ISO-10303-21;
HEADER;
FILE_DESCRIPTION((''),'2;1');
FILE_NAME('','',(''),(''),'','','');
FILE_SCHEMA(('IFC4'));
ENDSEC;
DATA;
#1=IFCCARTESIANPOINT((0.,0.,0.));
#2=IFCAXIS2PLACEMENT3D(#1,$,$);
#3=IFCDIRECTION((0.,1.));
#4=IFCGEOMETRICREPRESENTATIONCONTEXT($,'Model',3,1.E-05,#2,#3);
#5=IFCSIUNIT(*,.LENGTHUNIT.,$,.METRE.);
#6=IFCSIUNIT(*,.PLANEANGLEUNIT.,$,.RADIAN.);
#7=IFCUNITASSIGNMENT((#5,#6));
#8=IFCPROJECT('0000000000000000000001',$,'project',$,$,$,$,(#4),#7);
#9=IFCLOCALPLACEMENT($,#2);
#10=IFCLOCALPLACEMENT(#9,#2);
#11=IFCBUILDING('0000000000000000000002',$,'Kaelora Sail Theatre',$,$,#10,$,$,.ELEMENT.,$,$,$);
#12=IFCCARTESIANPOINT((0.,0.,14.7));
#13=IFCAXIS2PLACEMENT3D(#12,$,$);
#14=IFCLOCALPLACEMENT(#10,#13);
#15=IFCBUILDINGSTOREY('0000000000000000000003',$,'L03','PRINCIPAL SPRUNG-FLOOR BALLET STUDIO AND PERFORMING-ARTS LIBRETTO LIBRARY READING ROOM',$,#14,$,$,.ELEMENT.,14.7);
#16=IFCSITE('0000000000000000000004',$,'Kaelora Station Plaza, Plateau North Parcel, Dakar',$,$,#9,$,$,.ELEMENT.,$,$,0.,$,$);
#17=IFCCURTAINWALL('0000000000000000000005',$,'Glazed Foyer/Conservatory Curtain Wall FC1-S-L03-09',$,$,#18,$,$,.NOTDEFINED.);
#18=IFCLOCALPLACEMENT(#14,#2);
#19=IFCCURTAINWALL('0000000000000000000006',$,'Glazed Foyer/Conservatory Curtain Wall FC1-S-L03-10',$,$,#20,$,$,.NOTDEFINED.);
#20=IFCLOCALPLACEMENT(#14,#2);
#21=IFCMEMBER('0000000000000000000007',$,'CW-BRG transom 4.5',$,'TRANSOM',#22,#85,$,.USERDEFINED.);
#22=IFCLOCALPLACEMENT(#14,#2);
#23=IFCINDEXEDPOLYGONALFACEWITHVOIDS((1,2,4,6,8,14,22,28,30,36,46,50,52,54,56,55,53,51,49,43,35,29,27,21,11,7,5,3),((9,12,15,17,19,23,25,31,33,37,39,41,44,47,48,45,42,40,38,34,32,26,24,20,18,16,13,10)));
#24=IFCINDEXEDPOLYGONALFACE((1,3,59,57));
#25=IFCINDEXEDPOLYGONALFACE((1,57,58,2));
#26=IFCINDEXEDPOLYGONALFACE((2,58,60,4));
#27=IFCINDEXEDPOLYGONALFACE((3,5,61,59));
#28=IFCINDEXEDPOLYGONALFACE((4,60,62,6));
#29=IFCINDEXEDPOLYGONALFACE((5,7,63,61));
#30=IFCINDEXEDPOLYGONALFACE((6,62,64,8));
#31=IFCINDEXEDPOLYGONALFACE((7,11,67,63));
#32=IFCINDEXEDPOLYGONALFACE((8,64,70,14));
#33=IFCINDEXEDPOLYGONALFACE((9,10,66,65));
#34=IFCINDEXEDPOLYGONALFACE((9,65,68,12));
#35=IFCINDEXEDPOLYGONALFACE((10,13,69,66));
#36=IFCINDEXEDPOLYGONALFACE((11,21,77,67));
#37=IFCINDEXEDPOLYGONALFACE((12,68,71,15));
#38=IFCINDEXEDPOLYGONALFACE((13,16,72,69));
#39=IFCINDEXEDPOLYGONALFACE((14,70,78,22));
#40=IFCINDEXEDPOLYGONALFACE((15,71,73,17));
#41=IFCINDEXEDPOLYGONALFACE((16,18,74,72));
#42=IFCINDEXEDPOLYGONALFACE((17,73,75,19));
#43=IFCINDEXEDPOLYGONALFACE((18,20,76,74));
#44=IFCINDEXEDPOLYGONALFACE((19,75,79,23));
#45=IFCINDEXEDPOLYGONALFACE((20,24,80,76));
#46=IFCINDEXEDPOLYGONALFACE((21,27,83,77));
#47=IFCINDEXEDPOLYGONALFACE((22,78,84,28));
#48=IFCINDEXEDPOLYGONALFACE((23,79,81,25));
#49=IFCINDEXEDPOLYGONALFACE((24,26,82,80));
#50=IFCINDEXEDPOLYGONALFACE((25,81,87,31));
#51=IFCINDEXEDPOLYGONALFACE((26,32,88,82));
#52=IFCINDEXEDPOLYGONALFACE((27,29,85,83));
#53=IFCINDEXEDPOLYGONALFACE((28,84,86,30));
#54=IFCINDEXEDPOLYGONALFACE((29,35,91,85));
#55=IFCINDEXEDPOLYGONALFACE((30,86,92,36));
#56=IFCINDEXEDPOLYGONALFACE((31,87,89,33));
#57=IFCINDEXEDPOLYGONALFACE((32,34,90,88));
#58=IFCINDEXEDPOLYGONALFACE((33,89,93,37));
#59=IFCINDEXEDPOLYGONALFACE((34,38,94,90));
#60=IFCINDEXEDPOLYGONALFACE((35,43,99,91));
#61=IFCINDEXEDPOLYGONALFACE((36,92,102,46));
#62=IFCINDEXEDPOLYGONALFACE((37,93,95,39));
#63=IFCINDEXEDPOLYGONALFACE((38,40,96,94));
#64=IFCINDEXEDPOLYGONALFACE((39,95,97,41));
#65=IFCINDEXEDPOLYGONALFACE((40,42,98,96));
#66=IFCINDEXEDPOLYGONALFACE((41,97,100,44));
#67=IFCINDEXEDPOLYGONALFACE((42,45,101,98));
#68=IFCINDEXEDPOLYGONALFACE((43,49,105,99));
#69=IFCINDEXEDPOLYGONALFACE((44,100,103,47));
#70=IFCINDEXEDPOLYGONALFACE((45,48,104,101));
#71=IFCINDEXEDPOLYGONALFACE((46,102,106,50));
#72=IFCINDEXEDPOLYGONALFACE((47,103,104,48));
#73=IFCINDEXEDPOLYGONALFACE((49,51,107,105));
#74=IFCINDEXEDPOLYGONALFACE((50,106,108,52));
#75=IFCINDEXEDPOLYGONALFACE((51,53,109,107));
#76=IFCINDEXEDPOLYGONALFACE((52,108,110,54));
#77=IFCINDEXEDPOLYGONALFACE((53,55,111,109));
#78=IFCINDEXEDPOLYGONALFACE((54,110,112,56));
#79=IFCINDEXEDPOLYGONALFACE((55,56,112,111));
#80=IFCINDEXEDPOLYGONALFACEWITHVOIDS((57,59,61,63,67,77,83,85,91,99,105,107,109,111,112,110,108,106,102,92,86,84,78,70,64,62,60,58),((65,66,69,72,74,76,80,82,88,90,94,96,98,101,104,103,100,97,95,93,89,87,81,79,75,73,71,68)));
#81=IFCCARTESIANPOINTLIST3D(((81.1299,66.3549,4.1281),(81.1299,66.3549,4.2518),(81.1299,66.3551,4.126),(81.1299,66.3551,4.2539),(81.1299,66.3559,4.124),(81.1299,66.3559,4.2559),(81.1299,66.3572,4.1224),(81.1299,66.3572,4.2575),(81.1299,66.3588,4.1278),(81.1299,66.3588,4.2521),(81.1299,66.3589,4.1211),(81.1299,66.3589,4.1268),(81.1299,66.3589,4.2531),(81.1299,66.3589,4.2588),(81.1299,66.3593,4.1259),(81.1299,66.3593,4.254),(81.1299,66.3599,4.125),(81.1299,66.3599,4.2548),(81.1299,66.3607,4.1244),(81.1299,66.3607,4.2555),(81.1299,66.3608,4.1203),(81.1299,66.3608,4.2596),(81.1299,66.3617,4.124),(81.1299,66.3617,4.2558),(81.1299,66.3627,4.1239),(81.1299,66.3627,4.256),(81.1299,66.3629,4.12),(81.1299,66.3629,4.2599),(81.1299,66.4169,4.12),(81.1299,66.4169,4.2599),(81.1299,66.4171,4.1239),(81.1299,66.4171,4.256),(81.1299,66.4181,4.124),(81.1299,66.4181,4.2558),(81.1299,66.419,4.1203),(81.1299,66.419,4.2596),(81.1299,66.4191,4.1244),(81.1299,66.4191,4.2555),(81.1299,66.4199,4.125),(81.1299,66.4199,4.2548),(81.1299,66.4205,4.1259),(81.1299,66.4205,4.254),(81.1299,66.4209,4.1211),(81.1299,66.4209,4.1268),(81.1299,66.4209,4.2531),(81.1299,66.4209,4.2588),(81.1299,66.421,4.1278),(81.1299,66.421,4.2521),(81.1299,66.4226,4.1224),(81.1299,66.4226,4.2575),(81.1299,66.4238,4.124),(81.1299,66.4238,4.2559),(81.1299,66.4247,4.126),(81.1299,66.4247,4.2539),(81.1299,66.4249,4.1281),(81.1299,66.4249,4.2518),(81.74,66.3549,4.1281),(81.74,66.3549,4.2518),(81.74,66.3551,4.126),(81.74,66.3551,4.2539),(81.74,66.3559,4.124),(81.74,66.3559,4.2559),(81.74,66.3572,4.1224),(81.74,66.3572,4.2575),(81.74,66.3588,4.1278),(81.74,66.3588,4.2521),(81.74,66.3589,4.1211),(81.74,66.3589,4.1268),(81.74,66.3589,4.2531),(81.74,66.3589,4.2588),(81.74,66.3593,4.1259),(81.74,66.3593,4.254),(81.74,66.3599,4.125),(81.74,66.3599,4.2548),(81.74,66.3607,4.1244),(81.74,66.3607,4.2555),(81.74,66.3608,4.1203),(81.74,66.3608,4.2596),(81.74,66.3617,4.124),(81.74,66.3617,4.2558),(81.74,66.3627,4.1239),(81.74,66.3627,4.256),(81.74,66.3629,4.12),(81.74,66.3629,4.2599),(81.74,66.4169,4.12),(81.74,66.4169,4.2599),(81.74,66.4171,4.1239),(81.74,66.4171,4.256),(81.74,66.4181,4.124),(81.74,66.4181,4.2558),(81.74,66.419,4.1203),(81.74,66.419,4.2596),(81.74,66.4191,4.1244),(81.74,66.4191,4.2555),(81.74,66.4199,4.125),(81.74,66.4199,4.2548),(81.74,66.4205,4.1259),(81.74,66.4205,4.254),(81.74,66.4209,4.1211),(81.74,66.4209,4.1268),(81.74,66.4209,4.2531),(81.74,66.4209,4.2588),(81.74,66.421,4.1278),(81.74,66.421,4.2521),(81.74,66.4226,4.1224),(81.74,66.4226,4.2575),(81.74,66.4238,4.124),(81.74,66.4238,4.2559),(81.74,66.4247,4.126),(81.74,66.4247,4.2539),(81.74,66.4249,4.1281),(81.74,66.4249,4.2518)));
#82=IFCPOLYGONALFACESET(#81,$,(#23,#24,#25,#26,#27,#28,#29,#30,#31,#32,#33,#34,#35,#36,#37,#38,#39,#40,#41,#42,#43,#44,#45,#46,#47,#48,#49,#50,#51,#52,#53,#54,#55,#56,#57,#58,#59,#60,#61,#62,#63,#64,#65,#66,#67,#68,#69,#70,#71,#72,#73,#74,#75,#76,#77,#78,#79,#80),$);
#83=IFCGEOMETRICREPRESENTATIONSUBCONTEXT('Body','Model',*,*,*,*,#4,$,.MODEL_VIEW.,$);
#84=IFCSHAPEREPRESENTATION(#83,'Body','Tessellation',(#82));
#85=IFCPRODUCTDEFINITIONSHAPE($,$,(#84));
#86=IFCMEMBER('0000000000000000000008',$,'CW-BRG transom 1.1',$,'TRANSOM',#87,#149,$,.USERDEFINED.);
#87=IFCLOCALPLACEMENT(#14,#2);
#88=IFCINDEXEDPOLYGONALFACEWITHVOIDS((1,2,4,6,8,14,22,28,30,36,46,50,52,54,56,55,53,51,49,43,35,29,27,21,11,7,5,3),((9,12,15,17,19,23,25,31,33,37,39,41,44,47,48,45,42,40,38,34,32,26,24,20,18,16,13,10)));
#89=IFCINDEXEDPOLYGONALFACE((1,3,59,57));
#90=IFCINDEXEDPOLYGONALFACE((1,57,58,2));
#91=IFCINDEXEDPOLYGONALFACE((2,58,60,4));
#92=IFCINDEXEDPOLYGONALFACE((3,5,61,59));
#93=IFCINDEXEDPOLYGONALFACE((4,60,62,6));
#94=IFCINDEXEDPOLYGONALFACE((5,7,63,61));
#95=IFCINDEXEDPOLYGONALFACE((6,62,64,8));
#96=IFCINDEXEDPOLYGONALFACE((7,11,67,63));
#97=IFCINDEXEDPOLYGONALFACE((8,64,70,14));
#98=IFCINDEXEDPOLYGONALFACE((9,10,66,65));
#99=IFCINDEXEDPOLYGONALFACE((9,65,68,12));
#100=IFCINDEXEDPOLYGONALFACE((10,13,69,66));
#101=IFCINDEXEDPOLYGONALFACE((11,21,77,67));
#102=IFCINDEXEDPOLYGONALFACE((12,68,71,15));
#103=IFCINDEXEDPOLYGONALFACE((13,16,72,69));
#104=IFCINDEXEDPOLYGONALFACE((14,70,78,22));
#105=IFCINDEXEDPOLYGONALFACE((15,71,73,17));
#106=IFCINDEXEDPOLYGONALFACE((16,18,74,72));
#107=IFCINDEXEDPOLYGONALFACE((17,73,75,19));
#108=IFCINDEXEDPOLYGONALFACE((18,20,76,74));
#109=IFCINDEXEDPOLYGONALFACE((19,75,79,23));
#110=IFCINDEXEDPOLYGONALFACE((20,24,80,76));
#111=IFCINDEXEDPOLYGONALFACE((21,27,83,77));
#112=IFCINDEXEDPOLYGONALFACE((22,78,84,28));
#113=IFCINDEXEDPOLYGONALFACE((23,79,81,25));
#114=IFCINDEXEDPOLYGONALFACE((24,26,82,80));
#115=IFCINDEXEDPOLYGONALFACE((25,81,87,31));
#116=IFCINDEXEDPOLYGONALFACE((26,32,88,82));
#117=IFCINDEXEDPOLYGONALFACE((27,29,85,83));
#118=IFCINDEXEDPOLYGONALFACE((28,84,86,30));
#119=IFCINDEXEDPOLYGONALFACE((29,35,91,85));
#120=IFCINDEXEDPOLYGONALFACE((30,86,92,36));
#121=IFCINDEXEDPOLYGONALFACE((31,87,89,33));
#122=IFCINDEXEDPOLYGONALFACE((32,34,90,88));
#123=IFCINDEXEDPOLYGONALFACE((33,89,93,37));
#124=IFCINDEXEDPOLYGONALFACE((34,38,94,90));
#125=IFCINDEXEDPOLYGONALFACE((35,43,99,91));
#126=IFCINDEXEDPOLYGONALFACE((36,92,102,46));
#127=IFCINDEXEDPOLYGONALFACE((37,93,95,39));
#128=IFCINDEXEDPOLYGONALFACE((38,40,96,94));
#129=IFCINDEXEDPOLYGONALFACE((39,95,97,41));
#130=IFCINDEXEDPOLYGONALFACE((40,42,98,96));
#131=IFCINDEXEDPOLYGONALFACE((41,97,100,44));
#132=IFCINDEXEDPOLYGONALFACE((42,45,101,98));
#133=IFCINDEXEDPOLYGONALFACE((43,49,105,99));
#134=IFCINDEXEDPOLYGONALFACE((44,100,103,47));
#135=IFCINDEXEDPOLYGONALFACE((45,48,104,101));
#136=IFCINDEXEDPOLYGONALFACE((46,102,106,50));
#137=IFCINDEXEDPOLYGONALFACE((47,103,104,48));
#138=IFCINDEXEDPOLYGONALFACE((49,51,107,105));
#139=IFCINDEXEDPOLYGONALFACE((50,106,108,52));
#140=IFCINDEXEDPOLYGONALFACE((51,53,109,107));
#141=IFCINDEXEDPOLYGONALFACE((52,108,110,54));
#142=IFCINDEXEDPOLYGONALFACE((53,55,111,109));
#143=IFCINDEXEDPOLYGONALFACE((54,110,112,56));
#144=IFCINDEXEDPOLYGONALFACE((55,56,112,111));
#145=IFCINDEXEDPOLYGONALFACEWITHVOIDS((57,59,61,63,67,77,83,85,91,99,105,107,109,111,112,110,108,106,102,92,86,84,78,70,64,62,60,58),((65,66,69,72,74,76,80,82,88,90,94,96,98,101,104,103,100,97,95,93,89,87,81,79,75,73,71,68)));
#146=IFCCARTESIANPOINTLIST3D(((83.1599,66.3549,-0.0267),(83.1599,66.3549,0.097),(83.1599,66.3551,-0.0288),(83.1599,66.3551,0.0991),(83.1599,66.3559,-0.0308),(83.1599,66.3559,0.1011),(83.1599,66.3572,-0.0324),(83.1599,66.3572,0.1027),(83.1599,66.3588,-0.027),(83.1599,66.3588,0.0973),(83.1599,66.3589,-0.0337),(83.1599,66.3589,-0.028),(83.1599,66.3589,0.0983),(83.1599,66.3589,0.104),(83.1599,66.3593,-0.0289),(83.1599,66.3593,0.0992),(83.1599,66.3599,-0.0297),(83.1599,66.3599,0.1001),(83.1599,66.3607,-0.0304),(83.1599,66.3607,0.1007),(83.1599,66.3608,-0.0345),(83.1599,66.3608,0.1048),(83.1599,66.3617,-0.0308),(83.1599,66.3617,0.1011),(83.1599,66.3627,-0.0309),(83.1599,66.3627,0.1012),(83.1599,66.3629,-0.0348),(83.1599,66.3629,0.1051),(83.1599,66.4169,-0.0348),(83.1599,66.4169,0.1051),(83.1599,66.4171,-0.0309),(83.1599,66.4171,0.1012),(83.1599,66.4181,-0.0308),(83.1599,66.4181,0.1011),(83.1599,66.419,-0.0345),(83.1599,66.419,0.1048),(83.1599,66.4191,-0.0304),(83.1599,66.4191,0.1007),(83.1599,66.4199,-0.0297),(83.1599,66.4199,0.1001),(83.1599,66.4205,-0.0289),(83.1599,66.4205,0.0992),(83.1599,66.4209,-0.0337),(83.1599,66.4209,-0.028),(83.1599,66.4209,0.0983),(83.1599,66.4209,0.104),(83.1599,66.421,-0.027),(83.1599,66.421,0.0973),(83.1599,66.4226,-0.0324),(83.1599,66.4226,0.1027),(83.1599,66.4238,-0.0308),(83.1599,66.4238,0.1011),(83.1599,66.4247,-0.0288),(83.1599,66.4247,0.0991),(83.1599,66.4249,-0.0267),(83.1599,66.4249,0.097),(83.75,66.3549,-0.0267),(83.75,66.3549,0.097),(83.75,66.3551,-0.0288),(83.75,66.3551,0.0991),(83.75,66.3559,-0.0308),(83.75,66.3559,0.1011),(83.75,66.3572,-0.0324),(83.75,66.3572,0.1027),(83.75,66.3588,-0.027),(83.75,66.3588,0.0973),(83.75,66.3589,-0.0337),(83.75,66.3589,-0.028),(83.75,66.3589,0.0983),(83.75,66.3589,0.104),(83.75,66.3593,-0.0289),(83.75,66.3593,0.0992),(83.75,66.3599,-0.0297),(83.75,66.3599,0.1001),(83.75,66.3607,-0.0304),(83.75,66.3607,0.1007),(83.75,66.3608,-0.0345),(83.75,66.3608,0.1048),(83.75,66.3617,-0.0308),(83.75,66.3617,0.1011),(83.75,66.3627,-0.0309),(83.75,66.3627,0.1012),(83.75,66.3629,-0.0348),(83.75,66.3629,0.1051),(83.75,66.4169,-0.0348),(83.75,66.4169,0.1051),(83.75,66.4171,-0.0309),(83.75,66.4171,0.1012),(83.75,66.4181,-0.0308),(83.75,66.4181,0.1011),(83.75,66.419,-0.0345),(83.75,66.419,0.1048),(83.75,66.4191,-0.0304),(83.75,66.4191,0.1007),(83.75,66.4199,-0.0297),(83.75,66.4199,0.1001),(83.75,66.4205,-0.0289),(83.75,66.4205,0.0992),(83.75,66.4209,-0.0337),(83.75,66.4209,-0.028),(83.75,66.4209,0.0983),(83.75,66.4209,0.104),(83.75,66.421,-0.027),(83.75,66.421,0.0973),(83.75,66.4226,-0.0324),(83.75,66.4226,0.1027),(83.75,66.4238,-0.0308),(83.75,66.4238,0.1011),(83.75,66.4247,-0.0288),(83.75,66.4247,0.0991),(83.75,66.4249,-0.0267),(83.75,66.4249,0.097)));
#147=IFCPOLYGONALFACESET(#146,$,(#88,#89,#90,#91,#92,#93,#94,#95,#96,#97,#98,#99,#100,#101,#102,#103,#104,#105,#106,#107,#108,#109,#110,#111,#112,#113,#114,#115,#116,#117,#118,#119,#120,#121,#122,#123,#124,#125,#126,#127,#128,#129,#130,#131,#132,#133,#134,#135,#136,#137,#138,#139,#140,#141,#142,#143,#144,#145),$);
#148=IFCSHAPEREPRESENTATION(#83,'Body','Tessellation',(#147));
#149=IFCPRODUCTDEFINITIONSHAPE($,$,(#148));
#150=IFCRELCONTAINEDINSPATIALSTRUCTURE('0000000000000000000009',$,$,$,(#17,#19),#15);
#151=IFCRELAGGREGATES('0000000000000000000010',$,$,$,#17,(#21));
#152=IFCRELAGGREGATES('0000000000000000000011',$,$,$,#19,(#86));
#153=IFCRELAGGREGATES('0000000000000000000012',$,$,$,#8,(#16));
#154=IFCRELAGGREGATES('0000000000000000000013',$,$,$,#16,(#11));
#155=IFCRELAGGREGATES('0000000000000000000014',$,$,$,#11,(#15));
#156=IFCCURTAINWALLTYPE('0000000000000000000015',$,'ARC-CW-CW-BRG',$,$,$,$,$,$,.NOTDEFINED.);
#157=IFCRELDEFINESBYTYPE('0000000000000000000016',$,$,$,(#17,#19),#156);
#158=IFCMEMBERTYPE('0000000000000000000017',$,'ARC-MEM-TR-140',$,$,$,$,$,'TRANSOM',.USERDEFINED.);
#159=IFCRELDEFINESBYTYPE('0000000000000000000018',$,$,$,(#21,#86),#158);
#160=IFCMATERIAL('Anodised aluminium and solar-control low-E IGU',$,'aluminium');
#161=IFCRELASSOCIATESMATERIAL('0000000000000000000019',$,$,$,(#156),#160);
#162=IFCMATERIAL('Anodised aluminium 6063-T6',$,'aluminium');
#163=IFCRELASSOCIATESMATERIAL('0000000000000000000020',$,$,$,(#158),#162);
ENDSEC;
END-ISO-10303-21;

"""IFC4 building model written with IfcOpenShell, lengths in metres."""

from ifc_helpers import new_model, si_unit, direction, frame, origin, origin_2d, place, context, subcontext, project, spatial, hollow_rectangle, extrude, material, material_profile, profile_set, type_object, element, aggregate, save


model = new_model("IFC4")

# Units and contexts
model_context = context("Model", 3, precision=1e-05, world=origin(), true_north=direction((0.0, 1.0)))
body_context = subcontext(model_context, "Body", "Model", "MODEL_VIEW")
ifc_project = project(units=[si_unit("LENGTHUNIT", "METRE"), si_unit("PLANEANGLEUNIT", "RADIAN")], contexts=[model_context])

# Site, building, storey
site_placement = place(None, origin())
site = spatial("IfcSite", under=ifc_project, at=site_placement, Name="Kaelora Station Plaza, Plateau North Parcel, Dakar", CompositionType="ELEMENT", RefElevation=0.0)
building_placement = place(site_placement, origin())
building = spatial("IfcBuilding", under=site, at=building_placement, Name="Kaelora Sail Theatre", CompositionType="ELEMENT")
storey_placement = place(building_placement, frame((0.0, 0.0, 14.7)))
storey = spatial("IfcBuildingStorey", under=building, at=storey_placement, Name="L03", Description="PRINCIPAL SPRUNG-FLOOR BALLET STUDIO AND PERFORMING-ARTS LIBRETTO LIBRARY READING ROOM", CompositionType="ELEMENT", Elevation=14.7)

# Curtain wall
ifc_material_1 = material(Name="Anodised aluminium and solar-control low-E IGU", Category="aluminium")
curtain_wall_type = type_object("IfcCurtainWallType", Name="ARC-CW-CW-BRG", PredefinedType="NOTDEFINED", material=ifc_material_1)
curtain_wall_1_placement = place(storey_placement, origin())
curtain_wall_1 = element("IfcCurtainWall", 1, at=curtain_wall_1_placement, inside=storey, type_object=curtain_wall_type, Name="Glazed Foyer/Conservatory Curtain Wall FC1-S-L03-09", PredefinedType="NOTDEFINED")

# Curtain wall
curtain_wall_2_placement = place(storey_placement, origin())
curtain_wall_2 = element("IfcCurtainWall", 2, at=curtain_wall_2_placement, inside=storey, type_object=curtain_wall_type, Name="Glazed Foyer/Conservatory Curtain Wall FC1-S-L03-10", PredefinedType="NOTDEFINED")

# Members
ifc_material_2 = material(Name="Anodised aluminium 6063-T6", Category="aluminium")
ifc_material_profile_1 = material_profile(ifc_material_2, hollow_rectangle(XDim=0.0701, YDim=0.1399, WallThickness=0.0039, InnerFilletRadius=0.0039, OuterFilletRadius=0.0081, at=origin_2d()), Name="ALU-TRAN 70x140x4")
ifc_profile_set_1 = profile_set([ifc_material_profile_1], Name="Anodised aluminium 6063-T6")
member_type_1 = type_object("IfcMemberType", Name="ARC-MEM-TR-140", ElementType="TRANSOM", PredefinedType="USERDEFINED", material=ifc_profile_set_1)
member_1_placement = place(storey_placement, frame((81.1299, 66.3899, 4.1899), z_axis=(1.0, 0.0, 0.0), x_axis=(0.0, 1.0, 0.0)))
member_1 = element("IfcMember", 3, at=member_1_placement, type_object=member_type_1, Name="CW-BRG transom 4.5", ObjectType="TRANSOM", PredefinedType="USERDEFINED", context=body_context, shape_type="SweptSolid", body=[
    extrude(hollow_rectangle(XDim=0.0701, YDim=0.1399, WallThickness=0.0039, InnerFilletRadius=0.0039, OuterFilletRadius=0.0081, at=origin_2d()), origin(), (0.0, 0.0, 1.0), 0.6101),
])
member_2_placement = place(storey_placement, frame((83.1599, 66.3899, 0.0352), z_axis=(1.0, 0.0, 0.0), x_axis=(0.0, 1.0, 0.0)))
member_2 = element("IfcMember", 4, at=member_2_placement, type_object=member_type_1, Name="CW-BRG transom 1.1", ObjectType="TRANSOM", PredefinedType="USERDEFINED", context=body_context, shape_type="SweptSolid", body=[
    extrude(hollow_rectangle(XDim=0.0701, YDim=0.1399, WallThickness=0.0039, InnerFilletRadius=0.0039, OuterFilletRadius=0.0081, at=origin_2d()), origin(), (0.0, 0.0, 1.0), 0.5901),
])

aggregate(curtain_wall_1, [member_1])
aggregate(curtain_wall_2, [member_2])

save(model, "model.ifc")
